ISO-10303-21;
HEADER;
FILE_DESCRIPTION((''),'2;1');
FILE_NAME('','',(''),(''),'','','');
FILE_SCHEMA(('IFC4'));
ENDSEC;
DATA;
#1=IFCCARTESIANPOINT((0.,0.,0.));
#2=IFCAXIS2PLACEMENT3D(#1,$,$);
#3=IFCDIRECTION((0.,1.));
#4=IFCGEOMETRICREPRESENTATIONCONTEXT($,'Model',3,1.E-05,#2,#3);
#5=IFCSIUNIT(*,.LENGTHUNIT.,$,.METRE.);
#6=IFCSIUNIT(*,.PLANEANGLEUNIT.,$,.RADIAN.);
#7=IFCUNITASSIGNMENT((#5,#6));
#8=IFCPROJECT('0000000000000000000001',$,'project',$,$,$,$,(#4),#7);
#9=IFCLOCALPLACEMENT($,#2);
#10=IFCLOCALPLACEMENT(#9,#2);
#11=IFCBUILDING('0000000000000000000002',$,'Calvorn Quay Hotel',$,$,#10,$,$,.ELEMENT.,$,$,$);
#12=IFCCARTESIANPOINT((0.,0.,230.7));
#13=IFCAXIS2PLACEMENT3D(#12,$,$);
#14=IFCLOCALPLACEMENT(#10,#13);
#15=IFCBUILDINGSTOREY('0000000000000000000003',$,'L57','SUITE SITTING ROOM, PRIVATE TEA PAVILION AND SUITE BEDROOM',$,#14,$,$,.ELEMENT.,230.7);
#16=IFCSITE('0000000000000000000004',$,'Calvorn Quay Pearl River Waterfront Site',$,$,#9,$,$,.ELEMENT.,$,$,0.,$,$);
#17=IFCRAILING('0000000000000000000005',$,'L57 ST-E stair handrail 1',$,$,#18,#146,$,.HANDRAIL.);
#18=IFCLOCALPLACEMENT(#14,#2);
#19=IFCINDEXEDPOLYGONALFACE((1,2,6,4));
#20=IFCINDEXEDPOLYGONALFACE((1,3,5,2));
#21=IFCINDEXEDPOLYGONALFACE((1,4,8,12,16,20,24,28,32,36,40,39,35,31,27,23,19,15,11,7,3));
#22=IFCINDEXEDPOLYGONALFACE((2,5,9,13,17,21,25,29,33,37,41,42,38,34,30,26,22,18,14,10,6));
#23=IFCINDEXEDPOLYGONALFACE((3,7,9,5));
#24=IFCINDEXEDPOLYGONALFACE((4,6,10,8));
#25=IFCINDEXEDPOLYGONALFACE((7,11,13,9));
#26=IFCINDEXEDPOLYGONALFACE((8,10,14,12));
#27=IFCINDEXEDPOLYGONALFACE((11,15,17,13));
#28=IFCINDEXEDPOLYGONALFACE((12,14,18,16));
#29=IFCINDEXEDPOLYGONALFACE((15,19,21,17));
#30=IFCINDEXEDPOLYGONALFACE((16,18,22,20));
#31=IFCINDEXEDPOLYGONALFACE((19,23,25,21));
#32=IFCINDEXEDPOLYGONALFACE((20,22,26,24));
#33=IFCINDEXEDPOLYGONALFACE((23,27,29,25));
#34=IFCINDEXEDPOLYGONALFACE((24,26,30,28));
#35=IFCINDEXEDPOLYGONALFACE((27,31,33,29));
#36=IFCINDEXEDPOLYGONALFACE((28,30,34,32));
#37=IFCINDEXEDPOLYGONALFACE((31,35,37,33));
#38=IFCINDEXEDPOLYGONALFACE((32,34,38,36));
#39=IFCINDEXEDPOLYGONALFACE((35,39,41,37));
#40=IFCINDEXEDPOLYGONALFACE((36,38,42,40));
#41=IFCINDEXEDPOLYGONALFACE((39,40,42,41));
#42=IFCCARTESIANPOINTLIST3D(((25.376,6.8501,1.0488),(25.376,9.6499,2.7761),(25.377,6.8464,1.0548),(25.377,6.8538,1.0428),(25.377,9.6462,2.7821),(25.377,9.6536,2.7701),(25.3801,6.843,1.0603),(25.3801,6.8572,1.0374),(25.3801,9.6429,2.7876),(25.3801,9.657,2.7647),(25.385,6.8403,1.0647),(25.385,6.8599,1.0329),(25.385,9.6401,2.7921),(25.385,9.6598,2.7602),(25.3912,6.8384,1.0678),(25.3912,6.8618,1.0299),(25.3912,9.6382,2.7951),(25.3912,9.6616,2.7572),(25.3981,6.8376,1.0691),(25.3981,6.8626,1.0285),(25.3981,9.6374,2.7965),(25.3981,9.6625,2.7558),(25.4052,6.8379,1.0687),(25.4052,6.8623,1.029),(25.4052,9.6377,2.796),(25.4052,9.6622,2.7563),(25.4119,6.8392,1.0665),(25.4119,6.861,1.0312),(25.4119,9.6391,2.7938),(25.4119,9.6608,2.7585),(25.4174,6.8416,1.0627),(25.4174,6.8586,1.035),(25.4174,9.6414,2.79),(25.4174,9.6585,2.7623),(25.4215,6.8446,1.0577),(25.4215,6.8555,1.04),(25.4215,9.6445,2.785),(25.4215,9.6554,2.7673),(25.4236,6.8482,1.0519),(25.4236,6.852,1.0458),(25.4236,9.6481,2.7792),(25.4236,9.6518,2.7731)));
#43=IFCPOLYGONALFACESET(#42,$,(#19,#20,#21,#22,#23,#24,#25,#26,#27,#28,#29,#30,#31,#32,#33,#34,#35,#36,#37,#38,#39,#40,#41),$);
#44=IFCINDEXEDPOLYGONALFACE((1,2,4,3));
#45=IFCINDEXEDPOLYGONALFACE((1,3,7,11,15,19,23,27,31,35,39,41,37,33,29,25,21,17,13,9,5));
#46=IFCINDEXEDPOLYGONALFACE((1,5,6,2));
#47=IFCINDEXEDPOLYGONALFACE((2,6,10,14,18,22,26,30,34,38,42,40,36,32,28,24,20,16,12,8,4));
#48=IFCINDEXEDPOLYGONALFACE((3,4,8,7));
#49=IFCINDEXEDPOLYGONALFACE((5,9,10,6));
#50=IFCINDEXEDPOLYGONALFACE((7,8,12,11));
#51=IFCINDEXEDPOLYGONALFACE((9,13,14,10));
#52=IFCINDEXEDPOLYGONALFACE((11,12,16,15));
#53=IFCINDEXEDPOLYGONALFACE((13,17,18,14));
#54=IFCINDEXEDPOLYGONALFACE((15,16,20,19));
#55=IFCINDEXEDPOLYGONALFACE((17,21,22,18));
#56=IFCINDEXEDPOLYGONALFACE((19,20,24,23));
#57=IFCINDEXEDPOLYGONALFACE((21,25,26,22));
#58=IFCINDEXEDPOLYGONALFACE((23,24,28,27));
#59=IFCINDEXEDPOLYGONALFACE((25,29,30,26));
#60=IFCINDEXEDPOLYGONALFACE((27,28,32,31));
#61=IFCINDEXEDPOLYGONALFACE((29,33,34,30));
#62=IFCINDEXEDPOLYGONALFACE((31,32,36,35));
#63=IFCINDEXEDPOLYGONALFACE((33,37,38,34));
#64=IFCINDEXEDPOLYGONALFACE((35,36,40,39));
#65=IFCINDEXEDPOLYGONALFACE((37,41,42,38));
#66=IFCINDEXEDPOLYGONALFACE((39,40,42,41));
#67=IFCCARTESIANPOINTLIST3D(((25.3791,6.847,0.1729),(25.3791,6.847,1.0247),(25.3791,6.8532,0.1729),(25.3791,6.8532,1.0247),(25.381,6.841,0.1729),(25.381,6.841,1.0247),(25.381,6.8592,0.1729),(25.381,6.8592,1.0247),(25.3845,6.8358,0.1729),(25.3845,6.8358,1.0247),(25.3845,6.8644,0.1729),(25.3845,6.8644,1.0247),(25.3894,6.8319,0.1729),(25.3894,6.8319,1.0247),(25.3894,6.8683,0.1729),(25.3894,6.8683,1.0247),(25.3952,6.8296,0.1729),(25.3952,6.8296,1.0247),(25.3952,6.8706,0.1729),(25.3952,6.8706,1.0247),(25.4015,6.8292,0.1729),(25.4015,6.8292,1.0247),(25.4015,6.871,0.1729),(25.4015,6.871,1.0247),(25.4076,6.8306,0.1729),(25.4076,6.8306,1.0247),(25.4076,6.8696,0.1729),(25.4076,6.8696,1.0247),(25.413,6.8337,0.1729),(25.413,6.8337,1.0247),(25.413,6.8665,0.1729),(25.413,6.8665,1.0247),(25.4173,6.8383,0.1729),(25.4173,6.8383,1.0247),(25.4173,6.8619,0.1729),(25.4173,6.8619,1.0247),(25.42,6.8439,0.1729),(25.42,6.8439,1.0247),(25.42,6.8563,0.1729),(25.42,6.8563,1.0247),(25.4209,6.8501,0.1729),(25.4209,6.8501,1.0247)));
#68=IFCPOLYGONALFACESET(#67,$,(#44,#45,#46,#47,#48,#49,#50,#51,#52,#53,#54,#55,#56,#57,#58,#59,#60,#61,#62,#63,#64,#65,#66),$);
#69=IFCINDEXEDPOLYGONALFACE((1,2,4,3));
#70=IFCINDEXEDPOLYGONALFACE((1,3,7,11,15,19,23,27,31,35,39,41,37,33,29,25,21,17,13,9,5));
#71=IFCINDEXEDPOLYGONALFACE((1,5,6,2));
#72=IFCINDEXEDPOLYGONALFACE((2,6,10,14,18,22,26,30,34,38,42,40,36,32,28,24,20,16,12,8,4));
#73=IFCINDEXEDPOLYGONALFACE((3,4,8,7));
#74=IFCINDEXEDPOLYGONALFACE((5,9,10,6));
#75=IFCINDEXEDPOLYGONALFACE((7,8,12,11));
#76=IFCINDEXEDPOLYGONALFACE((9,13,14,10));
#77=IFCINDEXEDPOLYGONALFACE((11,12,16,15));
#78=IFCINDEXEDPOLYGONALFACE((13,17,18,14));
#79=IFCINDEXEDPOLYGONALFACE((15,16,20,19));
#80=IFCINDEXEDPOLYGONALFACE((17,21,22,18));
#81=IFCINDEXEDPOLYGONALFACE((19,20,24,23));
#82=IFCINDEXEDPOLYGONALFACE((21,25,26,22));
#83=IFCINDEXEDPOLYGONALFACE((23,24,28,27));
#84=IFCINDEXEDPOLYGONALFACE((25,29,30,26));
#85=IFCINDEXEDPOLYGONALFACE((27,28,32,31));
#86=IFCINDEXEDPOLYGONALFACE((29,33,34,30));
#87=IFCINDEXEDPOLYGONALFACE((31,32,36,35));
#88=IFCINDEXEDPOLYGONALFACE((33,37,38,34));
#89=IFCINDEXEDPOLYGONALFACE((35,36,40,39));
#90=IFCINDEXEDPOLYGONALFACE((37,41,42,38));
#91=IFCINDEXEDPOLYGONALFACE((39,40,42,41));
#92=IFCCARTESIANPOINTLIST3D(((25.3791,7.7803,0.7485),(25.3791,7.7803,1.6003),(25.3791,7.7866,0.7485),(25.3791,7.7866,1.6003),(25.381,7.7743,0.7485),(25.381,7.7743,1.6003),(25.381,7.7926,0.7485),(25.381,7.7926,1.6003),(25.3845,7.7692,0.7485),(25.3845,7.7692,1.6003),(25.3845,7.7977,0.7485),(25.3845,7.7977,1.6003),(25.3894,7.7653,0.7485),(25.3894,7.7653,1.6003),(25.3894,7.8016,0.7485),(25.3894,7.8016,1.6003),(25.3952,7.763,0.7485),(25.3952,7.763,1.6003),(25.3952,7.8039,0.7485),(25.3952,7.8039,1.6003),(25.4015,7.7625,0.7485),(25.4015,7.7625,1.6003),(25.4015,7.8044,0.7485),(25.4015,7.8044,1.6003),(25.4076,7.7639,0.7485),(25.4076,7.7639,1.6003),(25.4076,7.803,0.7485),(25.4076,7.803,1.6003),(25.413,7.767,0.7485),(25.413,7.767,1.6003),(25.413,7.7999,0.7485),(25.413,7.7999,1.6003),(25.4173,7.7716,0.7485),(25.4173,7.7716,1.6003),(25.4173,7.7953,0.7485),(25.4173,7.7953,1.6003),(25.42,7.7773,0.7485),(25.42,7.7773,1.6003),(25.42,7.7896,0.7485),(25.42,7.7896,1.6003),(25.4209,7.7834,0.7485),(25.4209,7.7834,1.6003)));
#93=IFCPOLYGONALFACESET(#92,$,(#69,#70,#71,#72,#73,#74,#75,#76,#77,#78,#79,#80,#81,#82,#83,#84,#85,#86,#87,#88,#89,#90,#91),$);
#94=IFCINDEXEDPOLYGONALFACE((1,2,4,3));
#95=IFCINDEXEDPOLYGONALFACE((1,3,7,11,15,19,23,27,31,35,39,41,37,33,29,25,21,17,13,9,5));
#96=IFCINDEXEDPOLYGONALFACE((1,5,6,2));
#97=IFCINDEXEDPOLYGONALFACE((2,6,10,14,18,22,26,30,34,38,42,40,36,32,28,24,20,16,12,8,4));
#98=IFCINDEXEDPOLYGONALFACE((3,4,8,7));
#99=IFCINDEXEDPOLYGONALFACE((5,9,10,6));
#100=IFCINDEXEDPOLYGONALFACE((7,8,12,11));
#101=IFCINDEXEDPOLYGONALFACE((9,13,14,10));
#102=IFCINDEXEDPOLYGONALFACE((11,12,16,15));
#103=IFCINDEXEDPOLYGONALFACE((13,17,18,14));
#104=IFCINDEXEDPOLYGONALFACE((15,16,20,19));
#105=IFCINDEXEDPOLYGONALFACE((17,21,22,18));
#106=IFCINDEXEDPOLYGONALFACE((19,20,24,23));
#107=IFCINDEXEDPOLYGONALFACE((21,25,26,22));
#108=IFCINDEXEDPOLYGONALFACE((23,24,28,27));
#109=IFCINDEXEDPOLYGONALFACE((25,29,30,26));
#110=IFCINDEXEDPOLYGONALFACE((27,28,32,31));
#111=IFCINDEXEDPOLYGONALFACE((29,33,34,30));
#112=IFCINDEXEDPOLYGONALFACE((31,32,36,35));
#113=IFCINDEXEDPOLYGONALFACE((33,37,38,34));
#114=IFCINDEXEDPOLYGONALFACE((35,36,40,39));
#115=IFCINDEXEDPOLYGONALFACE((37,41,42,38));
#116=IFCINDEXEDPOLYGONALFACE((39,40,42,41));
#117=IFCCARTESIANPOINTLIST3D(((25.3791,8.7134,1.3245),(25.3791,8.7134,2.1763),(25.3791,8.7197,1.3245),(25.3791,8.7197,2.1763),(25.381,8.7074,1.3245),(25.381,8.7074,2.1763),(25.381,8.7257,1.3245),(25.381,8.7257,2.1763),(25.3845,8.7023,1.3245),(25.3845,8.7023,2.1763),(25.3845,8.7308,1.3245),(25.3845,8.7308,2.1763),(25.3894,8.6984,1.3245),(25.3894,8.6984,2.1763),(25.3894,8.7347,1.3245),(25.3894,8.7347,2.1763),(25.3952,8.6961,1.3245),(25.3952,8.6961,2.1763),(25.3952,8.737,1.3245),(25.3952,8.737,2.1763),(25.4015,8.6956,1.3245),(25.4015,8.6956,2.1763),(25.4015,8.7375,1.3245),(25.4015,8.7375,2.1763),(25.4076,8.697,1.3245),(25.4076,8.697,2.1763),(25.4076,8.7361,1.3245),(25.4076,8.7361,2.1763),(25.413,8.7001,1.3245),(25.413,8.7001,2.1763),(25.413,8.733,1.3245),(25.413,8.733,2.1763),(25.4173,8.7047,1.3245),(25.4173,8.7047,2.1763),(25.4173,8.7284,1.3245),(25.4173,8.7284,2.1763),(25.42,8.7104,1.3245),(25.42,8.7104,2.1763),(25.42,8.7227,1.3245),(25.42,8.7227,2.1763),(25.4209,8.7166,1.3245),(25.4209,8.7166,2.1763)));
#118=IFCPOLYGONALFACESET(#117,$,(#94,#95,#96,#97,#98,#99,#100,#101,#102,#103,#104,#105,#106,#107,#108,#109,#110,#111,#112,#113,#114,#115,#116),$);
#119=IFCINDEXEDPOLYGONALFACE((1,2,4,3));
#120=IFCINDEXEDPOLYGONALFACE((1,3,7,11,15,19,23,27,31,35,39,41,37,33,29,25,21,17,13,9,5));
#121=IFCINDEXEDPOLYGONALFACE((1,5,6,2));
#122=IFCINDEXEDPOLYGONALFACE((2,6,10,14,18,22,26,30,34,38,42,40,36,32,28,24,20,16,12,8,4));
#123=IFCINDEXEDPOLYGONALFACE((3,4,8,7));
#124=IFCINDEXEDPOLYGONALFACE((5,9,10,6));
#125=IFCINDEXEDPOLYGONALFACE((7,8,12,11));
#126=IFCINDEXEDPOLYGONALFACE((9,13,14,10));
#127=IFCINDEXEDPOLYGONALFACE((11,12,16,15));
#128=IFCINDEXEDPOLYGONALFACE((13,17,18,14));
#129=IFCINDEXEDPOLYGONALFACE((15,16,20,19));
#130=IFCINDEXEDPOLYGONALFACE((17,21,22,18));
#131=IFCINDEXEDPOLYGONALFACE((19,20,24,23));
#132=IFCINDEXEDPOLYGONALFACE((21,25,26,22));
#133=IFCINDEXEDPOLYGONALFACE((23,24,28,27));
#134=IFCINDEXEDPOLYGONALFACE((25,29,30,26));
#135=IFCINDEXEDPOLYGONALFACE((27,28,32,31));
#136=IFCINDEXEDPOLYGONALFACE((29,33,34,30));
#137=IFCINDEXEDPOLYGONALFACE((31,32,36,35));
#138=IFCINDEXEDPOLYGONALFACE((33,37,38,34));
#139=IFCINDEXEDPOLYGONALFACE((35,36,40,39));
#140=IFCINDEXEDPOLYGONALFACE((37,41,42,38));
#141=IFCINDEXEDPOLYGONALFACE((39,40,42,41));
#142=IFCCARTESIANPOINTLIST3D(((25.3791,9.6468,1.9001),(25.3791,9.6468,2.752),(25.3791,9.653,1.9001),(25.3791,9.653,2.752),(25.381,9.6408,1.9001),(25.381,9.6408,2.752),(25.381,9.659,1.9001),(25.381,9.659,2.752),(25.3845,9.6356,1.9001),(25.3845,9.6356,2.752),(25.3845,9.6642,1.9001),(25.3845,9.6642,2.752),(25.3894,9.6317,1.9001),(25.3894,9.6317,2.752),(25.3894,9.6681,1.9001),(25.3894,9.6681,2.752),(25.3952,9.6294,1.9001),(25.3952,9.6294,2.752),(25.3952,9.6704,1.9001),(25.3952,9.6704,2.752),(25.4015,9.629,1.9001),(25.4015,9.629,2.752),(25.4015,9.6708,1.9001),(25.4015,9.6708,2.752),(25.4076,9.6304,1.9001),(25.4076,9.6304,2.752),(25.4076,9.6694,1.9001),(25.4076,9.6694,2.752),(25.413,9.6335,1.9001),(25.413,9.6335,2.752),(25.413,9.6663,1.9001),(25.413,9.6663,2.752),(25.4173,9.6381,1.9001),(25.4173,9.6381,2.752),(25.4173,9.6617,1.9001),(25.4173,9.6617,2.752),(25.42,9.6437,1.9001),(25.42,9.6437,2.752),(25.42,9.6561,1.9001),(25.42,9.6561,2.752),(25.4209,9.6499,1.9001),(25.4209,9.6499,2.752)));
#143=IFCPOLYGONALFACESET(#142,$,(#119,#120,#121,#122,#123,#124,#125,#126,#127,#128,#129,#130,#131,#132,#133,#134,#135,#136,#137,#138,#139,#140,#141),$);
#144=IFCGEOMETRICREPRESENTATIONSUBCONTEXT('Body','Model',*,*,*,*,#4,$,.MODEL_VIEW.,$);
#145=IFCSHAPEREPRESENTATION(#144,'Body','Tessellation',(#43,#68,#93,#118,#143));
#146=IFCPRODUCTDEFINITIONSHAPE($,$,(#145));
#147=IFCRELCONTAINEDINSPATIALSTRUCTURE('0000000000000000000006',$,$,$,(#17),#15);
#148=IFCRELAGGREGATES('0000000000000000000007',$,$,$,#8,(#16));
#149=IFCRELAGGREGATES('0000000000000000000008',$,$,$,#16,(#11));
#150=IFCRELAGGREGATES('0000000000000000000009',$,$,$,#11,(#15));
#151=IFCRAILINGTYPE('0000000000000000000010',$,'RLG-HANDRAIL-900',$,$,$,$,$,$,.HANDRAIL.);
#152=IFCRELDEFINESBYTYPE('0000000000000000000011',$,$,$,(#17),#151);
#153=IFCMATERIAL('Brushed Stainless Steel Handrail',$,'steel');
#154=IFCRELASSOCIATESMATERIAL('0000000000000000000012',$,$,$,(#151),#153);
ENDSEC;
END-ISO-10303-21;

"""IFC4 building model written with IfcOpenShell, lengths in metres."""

from ifc_helpers import new_model, si_unit, direction, frame, origin, origin_2d, place, context, subcontext, project, spatial, circle, extrude, material, type_object, element, save


model = new_model("IFC4")

# Units and contexts
model_context = context("Model", 3, precision=1e-05, world=origin(), true_north=direction((0.0, 1.0)))
body_context = subcontext(model_context, "Body", "Model", "MODEL_VIEW")
ifc_project = project(units=[si_unit("LENGTHUNIT", "METRE"), si_unit("PLANEANGLEUNIT", "RADIAN")], contexts=[model_context])

# Site, building, storey
site_placement = place(None, origin())
site = spatial("IfcSite", under=ifc_project, at=site_placement, Name="Calvorn Quay Pearl River Waterfront Site", CompositionType="ELEMENT", RefElevation=0.0)
building_placement = place(site_placement, origin())
building = spatial("IfcBuilding", under=site, at=building_placement, Name="Calvorn Quay Hotel", CompositionType="ELEMENT")
storey_placement = place(building_placement, frame((0.0, 0.0, 230.7)))
storey = spatial("IfcBuildingStorey", under=building, at=storey_placement, Name="L57", Description="SUITE SITTING ROOM, PRIVATE TEA PAVILION AND SUITE BEDROOM", CompositionType="ELEMENT", Elevation=230.7)

# Railing
ifc_material_1 = material(Name="Brushed Stainless Steel Handrail", Category="steel")
railing_type_1 = type_object("IfcRailingType", Name="RLG-HANDRAIL-900", PredefinedType="HANDRAIL", material=ifc_material_1)
railing_1_placement = place(storey_placement, frame((25.3999, 6.8501, 0.1729)))
element("IfcRailing", 1, at=railing_1_placement, inside=storey, type_object=railing_type_1, Name="L57 ST-E stair handrail 1", PredefinedType="HANDRAIL", context=body_context, shape_type="SweptSolid", body=[
    extrude(circle(Radius=0.0239, at=origin_2d()), frame((0.0, 0.0, 0.876), z_axis=(0.0, 0.851069, 0.525054), x_axis=(-1.0, 0.0, 0.0)), (0.0, 0.0, 1.0), 3.2898),
    extrude(circle(Radius=0.021, at=origin_2d()), origin(), (0.0, 0.0, 1.0), 0.8518),
    extrude(circle(Radius=0.021, at=origin_2d()), frame((0.0, 0.9333, 0.5757)), (0.0, 0.0, 1.0), 0.8518),
    extrude(circle(Radius=0.021, at=origin_2d()), frame((0.0, 1.8665, 1.1516)), (0.0, 0.0, 1.0), 0.8518),
    extrude(circle(Radius=0.021, at=origin_2d()), frame((0.0, 2.7998, 1.7273)), (0.0, 0.0, 1.0), 0.8518),
])

save(model, "model.ifc")
